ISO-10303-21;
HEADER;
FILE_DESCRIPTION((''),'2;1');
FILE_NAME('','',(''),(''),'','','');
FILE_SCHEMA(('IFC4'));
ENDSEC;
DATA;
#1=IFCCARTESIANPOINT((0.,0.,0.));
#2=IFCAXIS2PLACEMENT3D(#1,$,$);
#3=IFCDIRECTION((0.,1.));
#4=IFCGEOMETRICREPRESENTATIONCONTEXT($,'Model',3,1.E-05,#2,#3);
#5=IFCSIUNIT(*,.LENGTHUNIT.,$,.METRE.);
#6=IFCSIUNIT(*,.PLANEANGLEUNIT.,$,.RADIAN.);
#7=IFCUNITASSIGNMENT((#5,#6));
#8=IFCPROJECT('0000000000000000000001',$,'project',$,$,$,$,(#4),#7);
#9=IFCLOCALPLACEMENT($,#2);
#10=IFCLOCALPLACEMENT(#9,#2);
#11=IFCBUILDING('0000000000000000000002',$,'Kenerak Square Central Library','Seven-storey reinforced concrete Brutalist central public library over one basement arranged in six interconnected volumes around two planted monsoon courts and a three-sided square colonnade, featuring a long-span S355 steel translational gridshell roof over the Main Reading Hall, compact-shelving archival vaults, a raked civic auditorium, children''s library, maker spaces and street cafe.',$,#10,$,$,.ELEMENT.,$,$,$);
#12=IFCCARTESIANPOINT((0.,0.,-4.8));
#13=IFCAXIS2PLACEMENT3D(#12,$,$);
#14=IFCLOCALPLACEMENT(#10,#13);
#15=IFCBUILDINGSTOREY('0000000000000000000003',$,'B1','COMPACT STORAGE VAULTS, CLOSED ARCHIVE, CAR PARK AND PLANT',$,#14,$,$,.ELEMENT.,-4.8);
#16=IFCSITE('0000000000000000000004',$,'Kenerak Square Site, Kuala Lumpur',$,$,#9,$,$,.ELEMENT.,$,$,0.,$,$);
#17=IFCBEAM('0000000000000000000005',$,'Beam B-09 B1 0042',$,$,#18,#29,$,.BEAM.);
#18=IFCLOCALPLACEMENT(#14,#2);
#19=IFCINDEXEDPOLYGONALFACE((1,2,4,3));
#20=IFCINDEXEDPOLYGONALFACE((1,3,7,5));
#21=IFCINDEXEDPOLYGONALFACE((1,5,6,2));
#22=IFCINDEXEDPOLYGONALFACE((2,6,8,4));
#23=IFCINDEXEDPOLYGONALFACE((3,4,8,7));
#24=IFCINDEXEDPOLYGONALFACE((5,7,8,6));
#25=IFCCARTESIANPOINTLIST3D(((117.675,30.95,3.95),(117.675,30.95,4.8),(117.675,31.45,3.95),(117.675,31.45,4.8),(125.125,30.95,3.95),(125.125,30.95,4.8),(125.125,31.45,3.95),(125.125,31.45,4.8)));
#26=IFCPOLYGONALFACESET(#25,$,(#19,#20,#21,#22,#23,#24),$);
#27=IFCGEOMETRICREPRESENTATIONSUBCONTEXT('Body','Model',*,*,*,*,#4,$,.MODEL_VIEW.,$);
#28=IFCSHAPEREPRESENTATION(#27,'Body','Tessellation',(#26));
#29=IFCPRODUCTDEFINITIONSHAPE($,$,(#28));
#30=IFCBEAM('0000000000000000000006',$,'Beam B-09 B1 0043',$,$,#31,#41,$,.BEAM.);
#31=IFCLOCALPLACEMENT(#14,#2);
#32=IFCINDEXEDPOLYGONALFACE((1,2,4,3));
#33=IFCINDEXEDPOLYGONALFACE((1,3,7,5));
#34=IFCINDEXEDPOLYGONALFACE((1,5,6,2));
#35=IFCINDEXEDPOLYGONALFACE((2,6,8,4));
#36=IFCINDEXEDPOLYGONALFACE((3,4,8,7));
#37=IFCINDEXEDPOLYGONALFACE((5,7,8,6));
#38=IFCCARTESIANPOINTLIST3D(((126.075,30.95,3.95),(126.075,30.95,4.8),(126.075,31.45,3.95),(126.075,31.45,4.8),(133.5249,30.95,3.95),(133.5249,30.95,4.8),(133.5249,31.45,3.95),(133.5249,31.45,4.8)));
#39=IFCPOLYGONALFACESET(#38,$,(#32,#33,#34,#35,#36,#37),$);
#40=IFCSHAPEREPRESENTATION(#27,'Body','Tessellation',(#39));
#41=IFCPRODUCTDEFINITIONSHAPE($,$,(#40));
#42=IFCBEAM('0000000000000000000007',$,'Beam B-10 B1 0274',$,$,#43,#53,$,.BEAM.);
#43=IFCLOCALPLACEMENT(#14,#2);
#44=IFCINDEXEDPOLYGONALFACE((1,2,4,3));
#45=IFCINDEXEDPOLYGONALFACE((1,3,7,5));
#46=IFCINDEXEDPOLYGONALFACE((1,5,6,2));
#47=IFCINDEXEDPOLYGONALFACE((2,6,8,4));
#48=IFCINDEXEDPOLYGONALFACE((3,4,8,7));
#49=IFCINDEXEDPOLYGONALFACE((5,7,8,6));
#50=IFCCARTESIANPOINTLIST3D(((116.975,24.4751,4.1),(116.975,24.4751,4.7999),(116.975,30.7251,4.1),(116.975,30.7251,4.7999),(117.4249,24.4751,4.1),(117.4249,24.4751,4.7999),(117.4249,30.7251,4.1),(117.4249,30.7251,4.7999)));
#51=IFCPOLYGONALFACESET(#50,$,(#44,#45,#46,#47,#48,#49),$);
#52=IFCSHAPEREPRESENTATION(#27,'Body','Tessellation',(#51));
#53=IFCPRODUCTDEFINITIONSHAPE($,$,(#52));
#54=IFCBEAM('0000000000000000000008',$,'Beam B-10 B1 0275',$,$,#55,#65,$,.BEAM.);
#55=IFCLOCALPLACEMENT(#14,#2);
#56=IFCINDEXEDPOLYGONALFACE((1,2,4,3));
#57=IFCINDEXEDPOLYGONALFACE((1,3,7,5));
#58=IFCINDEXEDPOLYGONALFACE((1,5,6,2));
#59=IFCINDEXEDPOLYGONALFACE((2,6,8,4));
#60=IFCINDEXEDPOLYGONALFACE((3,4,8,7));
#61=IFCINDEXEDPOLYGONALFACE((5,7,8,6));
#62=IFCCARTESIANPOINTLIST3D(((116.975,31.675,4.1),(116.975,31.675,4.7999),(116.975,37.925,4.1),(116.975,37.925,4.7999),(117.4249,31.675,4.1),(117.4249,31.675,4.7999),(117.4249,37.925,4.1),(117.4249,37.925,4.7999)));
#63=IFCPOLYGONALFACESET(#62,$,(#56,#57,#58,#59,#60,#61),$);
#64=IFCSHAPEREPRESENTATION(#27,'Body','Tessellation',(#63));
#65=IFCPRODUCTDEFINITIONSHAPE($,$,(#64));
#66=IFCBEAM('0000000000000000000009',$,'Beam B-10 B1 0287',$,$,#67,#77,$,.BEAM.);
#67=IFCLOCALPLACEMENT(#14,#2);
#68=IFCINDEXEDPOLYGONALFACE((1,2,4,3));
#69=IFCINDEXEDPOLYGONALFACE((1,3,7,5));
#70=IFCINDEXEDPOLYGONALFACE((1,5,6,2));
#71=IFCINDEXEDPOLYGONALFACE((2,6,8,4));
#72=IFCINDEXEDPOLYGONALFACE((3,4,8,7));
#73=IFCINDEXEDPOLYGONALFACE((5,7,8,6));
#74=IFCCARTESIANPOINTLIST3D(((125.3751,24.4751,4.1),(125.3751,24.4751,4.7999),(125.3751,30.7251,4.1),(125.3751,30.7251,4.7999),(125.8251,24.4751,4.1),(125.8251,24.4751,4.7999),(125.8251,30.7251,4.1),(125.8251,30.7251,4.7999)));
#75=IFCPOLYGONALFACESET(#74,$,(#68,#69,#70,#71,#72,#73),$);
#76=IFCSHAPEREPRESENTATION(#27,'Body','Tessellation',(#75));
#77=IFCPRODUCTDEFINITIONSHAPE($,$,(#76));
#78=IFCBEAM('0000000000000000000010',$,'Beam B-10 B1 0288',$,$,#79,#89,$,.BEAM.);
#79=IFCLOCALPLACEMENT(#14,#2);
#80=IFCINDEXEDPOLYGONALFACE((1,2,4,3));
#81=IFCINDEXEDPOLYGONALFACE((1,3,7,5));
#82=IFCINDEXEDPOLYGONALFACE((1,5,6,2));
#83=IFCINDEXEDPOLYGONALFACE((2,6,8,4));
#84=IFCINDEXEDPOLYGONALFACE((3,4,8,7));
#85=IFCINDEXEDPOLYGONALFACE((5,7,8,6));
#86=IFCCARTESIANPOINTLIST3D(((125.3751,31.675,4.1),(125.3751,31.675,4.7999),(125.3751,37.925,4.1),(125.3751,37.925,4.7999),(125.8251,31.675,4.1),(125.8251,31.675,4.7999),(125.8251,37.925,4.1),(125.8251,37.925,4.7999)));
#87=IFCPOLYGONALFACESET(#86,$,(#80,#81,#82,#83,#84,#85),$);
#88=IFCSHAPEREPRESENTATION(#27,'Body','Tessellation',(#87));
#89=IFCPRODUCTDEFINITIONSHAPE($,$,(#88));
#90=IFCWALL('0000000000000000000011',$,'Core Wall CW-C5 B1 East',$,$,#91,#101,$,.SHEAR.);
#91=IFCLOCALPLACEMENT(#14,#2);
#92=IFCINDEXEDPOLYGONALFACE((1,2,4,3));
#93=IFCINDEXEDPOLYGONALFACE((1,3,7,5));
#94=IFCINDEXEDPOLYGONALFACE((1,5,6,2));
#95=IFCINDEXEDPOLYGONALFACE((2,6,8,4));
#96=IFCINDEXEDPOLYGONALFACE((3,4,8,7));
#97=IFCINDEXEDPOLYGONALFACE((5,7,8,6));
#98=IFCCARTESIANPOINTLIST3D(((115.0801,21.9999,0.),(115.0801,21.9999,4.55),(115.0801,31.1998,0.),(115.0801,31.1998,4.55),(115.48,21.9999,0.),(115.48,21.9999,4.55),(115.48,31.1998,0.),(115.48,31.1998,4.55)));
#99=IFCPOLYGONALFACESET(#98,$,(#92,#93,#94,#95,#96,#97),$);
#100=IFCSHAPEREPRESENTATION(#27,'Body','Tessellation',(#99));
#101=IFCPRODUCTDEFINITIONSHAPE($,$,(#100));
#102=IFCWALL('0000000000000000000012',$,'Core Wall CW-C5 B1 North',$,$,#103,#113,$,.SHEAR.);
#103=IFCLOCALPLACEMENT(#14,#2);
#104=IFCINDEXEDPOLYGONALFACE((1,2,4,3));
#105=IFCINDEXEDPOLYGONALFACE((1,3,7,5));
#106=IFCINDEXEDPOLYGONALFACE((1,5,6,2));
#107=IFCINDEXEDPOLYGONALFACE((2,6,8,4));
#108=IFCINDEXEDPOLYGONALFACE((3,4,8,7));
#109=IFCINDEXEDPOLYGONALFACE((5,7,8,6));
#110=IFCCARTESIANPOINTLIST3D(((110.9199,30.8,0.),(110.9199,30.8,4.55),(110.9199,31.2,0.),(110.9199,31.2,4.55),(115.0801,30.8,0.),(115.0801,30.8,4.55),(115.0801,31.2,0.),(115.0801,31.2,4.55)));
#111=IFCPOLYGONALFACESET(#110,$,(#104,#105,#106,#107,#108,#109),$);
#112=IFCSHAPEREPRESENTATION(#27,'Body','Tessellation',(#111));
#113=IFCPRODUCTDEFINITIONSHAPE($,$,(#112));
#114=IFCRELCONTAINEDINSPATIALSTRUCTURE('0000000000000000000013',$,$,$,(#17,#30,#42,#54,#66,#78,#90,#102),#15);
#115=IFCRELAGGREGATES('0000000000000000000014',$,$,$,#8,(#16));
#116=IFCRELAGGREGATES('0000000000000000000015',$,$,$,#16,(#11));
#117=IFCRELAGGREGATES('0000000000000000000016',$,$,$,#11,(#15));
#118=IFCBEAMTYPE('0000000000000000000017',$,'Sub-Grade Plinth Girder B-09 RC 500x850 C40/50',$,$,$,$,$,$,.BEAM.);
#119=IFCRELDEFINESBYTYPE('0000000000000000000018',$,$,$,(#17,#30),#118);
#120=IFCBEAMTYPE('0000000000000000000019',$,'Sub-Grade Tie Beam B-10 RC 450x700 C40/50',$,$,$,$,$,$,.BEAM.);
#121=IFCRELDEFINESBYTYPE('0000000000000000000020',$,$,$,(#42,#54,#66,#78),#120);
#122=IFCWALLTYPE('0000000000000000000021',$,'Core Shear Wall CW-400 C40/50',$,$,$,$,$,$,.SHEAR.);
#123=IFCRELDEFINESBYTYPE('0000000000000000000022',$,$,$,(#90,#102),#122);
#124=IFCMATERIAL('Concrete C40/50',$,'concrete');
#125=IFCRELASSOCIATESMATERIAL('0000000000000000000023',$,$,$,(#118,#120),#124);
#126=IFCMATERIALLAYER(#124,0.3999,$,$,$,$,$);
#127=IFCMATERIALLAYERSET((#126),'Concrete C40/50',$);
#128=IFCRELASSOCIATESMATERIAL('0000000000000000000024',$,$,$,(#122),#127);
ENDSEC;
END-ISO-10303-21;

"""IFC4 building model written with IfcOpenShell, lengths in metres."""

from ifc_helpers import new_model, si_unit, direction, frame, frame_2d, origin, origin_2d, place, context, subcontext, project, spatial, rectangle, extrude, material, layer, layer_set, material_profile, profile_set, type_object, element, save


model = new_model("IFC4")

# Units and contexts
model_context = context("Model", 3, precision=1e-05, world=origin(), true_north=direction((0.0, 1.0)))
body_context = subcontext(model_context, "Body", "Model", "MODEL_VIEW")
ifc_project = project(units=[si_unit("LENGTHUNIT", "METRE"), si_unit("PLANEANGLEUNIT", "RADIAN")], contexts=[model_context])

# Site, building, storey
site_placement = place(None, origin())
site = spatial("IfcSite", under=ifc_project, at=site_placement, Name="Kenerak Square Site, Kuala Lumpur", CompositionType="ELEMENT", RefElevation=0.0)
building_placement = place(site_placement, origin())
building = spatial("IfcBuilding", under=site, at=building_placement, Name="Kenerak Square Central Library", Description="Seven-storey reinforced concrete Brutalist central public library over one basement arranged in six interconnected volumes around two planted monsoon courts and a three-sided square colonnade, featuring a long-span S355 steel translational gridshell roof over the Main Reading Hall, compact-shelving archival vaults, a raked civic auditorium, children's library, maker spaces and street cafe.", CompositionType="ELEMENT")
storey_placement = place(building_placement, frame((0.0, 0.0, -4.8)))
storey = spatial("IfcBuildingStorey", under=building, at=storey_placement, Name="B1", Description="COMPACT STORAGE VAULTS, CLOSED ARCHIVE, CAR PARK AND PLANT", CompositionType="ELEMENT", Elevation=-4.8)

# Shared definitions
ifc_material_1 = material(Name="Concrete C40/50", Category="concrete")

# Beams
ifc_material_profile_1 = material_profile(ifc_material_1, rectangle(XDim=0.5, YDim=0.8501, at=origin_2d()), Name="RC 500x850")
ifc_profile_set_1 = profile_set([ifc_material_profile_1], Name="Concrete C40/50")
beam_type_1 = type_object("IfcBeamType", Name="Sub-Grade Plinth Girder B-09 RC 500x850 C40/50", PredefinedType="BEAM", material=ifc_profile_set_1)
for number, where, z_axis, x_axis, name in (
    (1, (117.675, 31.2, 4.375), (1.0, 0.0, 0.0), (0.0, 1.0, 0.0), "Beam B-09 B1 0042"),
    (2, (126.075, 31.2, 4.375), (1.0, 0.0, 0.0), (0.0, 1.0, 0.0), "Beam B-09 B1 0043"),
):
    element("IfcBeam", number, at=place(storey_placement, frame(where, z_axis=z_axis, x_axis=x_axis)), inside=storey, type_object=beam_type_1, Name=name, PredefinedType="BEAM", context=body_context, shape_type="SweptSolid", body=[
        extrude(rectangle(XDim=0.5, YDim=0.8501, at=origin_2d()), origin(), (0.0, 0.0, 1.0), 7.45),
    ])
ifc_material_profile_2 = material_profile(ifc_material_1, rectangle(XDim=0.45, YDim=0.7, at=origin_2d()), Name="RC 450x700")
ifc_profile_set_2 = profile_set([ifc_material_profile_2], Name="Concrete C40/50")
beam_type_2 = type_object("IfcBeamType", Name="Sub-Grade Tie Beam B-10 RC 450x700 C40/50", PredefinedType="BEAM", material=ifc_profile_set_2)
for number, where, z_axis, x_axis, name in (
    (3, (117.2, 24.4751, 4.45), (0.0, 1.0, 0.0), (-1.0, 0.0, 0.0), "Beam B-10 B1 0274"),
    (4, (117.2, 31.675, 4.45), (0.0, 1.0, 0.0), (-1.0, 0.0, 0.0), "Beam B-10 B1 0275"),
    (5, (125.6001, 24.4751, 4.45), (0.0, 1.0, 0.0), (-1.0, 0.0, 0.0), "Beam B-10 B1 0287"),
    (6, (125.6001, 31.675, 4.45), (0.0, 1.0, 0.0), (-1.0, 0.0, 0.0), "Beam B-10 B1 0288"),
):
    element("IfcBeam", number, at=place(storey_placement, frame(where, z_axis=z_axis, x_axis=x_axis)), inside=storey, type_object=beam_type_2, Name=name, PredefinedType="BEAM", context=body_context, shape_type="SweptSolid", body=[
        extrude(rectangle(XDim=0.45, YDim=0.7, at=origin_2d()), origin(), (0.0, 0.0, 1.0), 6.25),
    ])

# Walls
ifc_layer = layer(ifc_material_1, 0.3999)
ifc_layer_set = layer_set([ifc_layer], Name="Concrete C40/50")
wall_type = type_object("IfcWallType", Name="Core Shear Wall CW-400 C40/50", PredefinedType="SHEAR", material=ifc_layer_set)
wall_1_placement = place(storey_placement, frame((115.28, 31.2, 0.0), z_axis=(0.0, 0.0, 1.0), x_axis=(0.0, -1.0, 0.0)))
element("IfcWall", 7, at=wall_1_placement, inside=storey, type_object=wall_type, Name="Core Wall CW-C5 B1 East", PredefinedType="SHEAR", context=body_context, shape_type="SweptSolid", body=[
    extrude(rectangle(XDim=9.2, YDim=0.3999, at=frame_2d((4.6001, 0.0))), origin(), (0.0, 0.0, 1.0), 4.55),
])
wall_2_placement = place(storey_placement, frame((110.9199, 31.0, 0.0), z_axis=(0.0, 0.0, 1.0), x_axis=(1.0, 0.0, 0.0)))
element("IfcWall", 8, at=wall_2_placement, inside=storey, type_object=wall_type, Name="Core Wall CW-C5 B1 North", PredefinedType="SHEAR", context=body_context, shape_type="SweptSolid", body=[
    extrude(rectangle(XDim=4.1602, YDim=0.3999, at=frame_2d((2.0801, 0.0))), origin(), (0.0, 0.0, 1.0), 4.55),
])

save(model, "model.ifc")
